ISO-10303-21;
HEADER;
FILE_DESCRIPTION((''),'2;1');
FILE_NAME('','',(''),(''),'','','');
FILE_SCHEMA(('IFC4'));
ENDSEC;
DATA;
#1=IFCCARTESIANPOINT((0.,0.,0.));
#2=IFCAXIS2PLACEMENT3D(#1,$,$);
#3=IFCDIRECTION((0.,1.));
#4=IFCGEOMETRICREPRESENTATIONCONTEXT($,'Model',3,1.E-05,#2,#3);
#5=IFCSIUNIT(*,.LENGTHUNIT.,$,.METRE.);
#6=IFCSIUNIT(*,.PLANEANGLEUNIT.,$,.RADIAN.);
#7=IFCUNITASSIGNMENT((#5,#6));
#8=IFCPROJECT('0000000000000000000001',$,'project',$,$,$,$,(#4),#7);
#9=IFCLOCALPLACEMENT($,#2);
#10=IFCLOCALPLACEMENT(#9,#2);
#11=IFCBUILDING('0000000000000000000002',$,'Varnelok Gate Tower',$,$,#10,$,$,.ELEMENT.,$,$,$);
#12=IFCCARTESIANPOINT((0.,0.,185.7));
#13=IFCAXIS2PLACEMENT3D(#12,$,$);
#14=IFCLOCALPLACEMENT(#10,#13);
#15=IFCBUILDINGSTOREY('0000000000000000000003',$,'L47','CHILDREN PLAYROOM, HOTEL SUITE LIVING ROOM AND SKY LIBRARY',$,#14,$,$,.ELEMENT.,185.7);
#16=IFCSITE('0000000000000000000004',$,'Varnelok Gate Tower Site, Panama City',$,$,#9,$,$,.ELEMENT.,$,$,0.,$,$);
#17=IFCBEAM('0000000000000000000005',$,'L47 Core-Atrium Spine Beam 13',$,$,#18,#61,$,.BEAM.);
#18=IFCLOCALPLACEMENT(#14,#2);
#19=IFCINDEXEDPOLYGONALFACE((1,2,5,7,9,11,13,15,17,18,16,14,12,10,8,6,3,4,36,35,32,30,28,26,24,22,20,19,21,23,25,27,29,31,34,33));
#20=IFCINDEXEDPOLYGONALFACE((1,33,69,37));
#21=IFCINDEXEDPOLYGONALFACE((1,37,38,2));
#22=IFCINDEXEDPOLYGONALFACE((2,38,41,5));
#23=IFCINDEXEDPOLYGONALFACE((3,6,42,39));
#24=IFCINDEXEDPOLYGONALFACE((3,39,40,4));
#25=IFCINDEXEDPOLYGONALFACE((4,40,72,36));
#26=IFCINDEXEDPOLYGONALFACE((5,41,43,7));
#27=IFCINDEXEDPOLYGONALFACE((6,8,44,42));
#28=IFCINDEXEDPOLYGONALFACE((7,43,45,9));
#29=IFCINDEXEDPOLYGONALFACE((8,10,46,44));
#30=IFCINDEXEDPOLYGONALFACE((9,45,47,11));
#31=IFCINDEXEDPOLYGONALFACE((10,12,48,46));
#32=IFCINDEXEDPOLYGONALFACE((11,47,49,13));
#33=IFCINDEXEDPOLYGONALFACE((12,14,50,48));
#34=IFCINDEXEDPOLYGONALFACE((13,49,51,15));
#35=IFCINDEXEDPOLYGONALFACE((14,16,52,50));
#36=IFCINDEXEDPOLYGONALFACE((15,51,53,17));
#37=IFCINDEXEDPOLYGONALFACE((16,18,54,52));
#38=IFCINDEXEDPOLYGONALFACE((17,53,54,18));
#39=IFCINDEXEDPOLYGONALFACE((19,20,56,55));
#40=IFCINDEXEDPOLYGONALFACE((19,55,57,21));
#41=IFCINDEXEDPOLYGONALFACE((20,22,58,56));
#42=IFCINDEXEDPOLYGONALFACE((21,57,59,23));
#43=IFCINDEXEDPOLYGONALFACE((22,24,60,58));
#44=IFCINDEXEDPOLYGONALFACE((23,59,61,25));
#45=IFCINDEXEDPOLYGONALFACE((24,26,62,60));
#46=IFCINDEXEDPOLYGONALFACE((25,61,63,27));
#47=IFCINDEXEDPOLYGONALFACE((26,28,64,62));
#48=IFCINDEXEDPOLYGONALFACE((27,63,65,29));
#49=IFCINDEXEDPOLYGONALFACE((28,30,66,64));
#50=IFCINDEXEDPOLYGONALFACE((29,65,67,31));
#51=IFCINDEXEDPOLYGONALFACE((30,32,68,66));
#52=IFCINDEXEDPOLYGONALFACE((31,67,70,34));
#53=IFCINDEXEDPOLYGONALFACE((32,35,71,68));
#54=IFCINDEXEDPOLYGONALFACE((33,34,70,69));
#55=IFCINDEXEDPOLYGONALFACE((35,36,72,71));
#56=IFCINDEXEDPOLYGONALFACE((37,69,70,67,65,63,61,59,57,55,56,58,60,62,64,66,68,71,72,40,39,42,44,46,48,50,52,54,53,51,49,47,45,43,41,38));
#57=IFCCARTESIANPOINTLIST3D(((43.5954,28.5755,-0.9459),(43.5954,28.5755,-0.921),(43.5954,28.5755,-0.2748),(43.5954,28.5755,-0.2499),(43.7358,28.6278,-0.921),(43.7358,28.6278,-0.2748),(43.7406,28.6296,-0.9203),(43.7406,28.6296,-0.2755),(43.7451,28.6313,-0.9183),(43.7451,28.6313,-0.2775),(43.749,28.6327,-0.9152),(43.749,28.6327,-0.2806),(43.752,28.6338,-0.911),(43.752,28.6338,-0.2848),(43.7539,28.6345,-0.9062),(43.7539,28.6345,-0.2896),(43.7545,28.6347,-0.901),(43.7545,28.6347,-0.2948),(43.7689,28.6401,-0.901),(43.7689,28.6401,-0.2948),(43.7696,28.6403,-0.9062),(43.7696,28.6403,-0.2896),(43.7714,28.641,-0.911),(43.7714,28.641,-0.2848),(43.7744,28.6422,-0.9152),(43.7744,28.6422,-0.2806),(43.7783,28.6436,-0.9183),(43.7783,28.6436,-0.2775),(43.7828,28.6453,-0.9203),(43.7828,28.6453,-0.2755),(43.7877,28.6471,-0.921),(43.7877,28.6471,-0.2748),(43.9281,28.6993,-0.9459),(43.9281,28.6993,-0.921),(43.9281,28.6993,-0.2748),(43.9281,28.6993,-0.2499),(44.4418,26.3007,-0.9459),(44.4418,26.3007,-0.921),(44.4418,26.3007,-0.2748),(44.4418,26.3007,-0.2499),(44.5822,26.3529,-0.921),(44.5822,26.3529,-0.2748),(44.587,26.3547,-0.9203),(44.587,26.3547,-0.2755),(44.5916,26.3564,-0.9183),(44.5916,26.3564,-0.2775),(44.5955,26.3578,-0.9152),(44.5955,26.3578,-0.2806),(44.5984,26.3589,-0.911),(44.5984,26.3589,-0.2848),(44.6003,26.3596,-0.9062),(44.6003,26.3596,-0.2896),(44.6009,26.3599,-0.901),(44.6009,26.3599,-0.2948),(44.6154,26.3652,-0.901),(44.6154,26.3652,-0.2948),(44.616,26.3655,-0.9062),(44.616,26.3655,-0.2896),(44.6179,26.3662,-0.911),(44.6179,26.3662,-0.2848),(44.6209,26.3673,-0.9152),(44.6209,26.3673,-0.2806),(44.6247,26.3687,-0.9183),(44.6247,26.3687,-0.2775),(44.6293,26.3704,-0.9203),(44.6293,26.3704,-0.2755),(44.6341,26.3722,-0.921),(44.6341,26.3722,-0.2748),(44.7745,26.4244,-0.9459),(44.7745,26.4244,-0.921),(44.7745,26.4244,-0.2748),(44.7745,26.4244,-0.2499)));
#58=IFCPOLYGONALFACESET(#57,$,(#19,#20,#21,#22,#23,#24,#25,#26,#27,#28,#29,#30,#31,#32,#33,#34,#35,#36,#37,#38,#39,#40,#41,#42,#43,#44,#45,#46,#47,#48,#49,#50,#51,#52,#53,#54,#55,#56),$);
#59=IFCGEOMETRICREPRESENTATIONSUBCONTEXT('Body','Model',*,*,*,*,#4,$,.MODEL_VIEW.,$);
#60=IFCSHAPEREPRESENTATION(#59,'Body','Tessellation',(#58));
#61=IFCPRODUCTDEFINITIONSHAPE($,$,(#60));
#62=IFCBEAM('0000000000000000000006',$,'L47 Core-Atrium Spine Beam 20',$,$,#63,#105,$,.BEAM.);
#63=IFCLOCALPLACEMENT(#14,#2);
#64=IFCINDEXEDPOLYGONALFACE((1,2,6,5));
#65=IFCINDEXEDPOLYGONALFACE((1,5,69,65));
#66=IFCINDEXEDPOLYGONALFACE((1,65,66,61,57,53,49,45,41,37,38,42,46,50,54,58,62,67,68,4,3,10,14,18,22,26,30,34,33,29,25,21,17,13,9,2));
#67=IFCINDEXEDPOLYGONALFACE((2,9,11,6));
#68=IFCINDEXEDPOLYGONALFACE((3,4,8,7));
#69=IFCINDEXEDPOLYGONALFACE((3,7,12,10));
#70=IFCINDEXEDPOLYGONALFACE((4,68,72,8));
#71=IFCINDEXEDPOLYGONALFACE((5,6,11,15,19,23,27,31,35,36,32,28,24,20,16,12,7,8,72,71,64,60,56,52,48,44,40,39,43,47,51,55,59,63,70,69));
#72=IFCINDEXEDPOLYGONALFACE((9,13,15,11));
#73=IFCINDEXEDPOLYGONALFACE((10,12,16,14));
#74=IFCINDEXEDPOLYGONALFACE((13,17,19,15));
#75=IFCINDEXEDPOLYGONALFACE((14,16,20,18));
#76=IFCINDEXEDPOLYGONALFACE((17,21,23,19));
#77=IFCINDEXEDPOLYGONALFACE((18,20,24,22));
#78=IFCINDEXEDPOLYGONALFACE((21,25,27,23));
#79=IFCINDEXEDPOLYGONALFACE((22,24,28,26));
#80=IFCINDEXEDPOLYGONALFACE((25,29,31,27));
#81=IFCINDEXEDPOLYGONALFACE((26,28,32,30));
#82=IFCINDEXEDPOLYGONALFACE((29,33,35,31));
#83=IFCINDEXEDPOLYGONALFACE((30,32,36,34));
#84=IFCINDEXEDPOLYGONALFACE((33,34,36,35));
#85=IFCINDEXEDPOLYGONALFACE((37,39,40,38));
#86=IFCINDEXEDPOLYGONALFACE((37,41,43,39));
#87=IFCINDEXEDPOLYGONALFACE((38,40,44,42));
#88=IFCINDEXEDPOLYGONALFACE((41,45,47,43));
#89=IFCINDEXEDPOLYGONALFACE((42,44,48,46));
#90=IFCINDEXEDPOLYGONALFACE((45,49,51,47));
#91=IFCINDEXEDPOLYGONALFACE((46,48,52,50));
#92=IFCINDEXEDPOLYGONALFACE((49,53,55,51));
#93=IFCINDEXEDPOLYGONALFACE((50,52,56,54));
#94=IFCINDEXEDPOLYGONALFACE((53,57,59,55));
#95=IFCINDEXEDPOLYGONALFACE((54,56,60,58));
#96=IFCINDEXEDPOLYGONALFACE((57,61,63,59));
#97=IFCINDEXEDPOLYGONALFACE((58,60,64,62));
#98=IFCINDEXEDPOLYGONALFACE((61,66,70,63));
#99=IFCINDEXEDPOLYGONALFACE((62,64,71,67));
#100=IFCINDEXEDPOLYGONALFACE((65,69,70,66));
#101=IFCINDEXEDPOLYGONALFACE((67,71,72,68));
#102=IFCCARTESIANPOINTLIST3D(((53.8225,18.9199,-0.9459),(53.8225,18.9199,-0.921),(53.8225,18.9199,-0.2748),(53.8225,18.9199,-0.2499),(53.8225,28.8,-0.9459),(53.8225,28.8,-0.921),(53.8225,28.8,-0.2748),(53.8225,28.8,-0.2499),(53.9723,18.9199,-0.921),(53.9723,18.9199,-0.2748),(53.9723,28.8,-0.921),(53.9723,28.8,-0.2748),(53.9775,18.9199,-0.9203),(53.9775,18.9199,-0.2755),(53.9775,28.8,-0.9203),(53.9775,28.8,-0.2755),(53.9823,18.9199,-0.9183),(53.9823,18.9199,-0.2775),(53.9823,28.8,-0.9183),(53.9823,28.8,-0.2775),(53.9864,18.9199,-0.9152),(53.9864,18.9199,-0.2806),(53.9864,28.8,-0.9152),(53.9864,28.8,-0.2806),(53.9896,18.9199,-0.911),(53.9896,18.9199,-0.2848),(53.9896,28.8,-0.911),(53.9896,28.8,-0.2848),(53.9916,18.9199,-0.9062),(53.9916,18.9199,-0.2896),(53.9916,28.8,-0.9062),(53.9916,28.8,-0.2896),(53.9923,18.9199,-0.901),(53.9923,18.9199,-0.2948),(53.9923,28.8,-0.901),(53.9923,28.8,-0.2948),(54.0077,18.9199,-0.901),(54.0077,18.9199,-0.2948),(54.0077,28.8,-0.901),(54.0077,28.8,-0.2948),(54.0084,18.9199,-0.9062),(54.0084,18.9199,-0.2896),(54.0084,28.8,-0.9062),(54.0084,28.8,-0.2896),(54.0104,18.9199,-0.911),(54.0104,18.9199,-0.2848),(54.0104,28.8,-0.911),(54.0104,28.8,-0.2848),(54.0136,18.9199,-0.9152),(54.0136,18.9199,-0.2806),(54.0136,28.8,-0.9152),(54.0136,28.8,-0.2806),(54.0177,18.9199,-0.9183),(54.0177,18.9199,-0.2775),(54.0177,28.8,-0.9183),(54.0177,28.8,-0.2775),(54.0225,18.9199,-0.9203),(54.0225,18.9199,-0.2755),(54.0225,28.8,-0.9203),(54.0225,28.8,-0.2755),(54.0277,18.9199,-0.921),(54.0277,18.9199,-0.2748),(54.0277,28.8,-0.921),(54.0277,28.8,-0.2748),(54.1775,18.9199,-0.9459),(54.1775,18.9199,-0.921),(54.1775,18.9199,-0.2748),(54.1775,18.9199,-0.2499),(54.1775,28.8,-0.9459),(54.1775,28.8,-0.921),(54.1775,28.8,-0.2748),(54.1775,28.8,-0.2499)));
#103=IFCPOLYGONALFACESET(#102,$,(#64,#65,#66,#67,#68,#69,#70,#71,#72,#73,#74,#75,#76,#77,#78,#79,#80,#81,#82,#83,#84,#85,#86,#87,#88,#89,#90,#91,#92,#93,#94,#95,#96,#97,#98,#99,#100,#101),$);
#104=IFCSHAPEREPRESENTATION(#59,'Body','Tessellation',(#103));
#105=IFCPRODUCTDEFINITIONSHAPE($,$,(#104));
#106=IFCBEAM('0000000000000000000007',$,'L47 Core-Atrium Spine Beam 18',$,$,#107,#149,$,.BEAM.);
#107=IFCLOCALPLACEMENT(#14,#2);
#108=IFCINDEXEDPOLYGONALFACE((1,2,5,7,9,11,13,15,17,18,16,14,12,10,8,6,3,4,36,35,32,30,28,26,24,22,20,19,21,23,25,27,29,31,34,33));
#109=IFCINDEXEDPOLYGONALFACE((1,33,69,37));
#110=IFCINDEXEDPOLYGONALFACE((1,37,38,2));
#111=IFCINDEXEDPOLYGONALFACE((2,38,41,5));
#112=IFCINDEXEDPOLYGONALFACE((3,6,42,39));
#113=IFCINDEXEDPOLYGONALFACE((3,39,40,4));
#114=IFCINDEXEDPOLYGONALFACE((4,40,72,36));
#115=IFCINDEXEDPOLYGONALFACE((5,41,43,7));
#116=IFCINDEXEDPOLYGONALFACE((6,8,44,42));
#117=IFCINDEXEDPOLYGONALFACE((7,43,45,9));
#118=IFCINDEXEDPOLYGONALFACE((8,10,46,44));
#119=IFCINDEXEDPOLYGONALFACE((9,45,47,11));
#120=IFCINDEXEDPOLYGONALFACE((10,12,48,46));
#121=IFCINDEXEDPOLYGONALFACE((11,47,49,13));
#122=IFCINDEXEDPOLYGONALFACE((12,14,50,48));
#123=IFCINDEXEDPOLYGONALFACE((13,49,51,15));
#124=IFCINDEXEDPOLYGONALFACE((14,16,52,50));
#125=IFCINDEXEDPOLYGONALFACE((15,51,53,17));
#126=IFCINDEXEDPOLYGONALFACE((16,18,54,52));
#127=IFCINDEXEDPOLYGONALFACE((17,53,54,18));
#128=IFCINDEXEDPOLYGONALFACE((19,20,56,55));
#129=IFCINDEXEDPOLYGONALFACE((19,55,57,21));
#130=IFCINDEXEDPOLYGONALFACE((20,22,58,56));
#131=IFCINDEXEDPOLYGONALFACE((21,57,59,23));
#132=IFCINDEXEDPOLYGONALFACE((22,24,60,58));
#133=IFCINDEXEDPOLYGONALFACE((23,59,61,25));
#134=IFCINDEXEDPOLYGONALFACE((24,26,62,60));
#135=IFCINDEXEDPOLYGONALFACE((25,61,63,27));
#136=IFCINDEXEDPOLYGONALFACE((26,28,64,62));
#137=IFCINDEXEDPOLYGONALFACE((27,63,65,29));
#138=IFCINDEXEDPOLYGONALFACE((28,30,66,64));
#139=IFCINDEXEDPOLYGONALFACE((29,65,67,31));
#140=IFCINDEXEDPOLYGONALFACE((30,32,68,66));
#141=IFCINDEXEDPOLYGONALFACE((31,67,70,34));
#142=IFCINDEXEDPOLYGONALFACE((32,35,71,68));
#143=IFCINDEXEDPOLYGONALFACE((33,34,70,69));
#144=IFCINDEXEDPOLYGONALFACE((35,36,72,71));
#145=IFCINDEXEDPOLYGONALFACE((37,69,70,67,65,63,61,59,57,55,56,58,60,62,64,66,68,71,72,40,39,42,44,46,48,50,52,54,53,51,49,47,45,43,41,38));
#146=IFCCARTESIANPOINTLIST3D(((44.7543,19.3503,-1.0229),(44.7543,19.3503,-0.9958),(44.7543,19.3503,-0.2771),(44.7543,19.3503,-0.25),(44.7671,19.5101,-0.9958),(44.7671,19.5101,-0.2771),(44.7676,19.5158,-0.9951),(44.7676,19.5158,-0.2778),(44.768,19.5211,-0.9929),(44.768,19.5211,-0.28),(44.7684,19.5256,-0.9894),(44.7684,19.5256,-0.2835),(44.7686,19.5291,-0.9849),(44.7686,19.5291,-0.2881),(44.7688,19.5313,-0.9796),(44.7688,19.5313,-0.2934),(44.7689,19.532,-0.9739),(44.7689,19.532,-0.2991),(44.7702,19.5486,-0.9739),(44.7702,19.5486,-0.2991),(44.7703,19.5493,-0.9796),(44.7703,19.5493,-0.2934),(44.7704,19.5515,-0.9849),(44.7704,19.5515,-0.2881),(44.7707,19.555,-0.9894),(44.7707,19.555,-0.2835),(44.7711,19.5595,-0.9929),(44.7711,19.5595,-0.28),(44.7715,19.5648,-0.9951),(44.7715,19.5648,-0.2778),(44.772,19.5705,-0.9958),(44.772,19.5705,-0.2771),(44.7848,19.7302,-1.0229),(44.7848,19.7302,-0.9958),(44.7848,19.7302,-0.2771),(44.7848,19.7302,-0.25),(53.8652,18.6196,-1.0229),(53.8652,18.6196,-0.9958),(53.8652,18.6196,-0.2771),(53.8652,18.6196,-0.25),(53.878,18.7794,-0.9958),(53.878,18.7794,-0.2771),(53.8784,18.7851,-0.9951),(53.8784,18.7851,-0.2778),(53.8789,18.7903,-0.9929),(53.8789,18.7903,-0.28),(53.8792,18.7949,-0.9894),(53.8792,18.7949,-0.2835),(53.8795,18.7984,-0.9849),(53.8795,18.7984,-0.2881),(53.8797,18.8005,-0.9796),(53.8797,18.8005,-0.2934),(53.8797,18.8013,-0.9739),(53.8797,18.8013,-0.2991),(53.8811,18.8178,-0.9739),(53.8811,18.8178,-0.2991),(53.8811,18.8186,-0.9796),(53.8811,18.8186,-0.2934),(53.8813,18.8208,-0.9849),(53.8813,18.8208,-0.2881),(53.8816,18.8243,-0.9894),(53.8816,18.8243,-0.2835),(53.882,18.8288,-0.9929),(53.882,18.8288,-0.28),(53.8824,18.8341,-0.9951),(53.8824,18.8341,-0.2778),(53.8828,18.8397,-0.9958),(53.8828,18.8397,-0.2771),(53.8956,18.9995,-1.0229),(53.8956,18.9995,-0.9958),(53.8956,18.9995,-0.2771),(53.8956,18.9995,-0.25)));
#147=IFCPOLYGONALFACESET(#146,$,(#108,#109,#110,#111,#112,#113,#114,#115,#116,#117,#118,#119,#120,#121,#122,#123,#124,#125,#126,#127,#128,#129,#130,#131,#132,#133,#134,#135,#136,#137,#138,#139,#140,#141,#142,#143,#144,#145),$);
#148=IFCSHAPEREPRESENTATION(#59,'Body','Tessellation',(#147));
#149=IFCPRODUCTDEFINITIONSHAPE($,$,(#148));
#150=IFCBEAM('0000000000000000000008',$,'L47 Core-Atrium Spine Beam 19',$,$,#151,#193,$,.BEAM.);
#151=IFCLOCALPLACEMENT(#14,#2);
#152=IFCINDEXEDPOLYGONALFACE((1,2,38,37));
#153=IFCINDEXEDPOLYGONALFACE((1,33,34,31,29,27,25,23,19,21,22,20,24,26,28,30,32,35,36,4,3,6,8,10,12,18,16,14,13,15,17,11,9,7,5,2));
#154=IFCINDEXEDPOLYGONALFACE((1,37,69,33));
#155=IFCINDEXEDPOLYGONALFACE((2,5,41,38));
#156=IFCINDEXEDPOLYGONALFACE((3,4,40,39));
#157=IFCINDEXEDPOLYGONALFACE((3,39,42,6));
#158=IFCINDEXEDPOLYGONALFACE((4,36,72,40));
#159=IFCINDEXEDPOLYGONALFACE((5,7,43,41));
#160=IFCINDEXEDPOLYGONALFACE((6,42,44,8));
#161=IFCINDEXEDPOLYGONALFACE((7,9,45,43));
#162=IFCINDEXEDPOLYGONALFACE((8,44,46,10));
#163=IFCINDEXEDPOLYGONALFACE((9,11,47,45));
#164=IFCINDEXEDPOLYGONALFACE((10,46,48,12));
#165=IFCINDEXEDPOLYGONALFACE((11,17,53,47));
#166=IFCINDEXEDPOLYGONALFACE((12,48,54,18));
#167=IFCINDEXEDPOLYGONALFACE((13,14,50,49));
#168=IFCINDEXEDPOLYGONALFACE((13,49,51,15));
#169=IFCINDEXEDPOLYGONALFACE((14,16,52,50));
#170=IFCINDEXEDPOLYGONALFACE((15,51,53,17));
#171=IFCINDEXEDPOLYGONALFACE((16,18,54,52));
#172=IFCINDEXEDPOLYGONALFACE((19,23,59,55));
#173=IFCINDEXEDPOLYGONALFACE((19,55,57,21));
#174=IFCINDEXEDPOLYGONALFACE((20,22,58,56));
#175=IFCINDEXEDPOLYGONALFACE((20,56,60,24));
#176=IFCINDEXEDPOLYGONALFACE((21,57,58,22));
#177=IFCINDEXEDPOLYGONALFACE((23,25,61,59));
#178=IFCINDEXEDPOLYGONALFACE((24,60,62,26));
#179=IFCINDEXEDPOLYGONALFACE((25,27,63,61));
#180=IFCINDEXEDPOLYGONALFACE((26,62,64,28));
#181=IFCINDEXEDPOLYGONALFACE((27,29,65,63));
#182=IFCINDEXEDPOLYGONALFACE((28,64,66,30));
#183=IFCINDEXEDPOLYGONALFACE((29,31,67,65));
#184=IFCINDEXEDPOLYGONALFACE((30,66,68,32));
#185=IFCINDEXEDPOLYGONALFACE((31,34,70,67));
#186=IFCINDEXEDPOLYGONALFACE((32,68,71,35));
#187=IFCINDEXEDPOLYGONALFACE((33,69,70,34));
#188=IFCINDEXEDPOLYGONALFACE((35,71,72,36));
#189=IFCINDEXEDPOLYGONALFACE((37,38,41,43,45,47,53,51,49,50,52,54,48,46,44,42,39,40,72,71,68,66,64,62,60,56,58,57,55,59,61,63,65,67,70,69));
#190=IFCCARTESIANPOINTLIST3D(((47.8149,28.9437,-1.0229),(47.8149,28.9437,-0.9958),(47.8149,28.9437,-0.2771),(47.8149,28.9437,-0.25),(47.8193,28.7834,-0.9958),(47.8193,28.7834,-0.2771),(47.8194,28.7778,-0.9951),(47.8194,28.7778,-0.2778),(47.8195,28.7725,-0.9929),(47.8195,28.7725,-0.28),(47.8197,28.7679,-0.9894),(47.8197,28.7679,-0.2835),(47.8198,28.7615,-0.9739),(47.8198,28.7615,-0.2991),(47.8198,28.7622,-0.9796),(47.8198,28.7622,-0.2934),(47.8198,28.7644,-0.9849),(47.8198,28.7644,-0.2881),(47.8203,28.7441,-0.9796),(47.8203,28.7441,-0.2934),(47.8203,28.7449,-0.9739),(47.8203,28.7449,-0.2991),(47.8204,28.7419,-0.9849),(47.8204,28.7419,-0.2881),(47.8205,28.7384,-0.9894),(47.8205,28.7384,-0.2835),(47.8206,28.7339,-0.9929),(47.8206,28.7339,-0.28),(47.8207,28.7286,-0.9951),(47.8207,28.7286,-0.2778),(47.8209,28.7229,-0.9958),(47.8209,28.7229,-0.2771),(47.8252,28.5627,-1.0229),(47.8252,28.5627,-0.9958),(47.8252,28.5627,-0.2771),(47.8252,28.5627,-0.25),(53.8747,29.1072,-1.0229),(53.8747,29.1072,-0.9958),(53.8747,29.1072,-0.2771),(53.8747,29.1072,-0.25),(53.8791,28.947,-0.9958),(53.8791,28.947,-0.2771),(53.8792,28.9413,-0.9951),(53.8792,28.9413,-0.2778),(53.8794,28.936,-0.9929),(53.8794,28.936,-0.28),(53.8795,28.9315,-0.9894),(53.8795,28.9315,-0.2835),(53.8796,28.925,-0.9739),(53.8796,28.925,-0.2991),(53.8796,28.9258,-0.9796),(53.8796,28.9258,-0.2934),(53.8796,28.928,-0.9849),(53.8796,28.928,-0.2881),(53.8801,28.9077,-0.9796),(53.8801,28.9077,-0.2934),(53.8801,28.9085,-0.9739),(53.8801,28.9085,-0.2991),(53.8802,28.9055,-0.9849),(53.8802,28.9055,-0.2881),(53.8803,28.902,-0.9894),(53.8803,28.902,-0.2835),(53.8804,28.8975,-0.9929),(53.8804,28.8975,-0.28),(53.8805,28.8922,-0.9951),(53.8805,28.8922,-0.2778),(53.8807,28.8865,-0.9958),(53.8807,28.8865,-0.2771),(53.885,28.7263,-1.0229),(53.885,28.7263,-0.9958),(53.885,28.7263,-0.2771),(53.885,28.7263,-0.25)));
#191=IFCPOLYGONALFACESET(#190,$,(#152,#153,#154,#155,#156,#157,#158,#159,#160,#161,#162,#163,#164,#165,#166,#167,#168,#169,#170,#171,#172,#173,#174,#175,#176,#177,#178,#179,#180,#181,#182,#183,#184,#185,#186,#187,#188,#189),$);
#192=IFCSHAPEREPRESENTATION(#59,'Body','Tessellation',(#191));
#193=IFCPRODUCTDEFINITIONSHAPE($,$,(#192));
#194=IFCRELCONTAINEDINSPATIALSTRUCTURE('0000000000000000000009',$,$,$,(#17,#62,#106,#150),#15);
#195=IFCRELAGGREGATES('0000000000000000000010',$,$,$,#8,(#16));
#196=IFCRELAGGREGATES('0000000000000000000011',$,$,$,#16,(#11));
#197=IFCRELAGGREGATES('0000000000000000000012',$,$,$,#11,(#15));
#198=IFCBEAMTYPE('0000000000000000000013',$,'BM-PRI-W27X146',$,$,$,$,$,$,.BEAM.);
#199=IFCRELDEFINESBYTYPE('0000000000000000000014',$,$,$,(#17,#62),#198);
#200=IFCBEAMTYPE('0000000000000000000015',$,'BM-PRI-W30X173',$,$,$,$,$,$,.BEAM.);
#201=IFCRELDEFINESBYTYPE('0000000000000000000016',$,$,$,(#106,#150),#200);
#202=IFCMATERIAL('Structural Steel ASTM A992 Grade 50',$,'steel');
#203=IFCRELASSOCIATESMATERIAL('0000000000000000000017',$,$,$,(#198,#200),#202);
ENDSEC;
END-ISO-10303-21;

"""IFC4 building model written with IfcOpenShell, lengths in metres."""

from ifc_helpers import new_model, si_unit, direction, frame, origin, origin_2d, place, context, subcontext, project, spatial, i_section, extrude, material, material_profile, profile_set, type_object, element, save


model = new_model("IFC4")

# Units and contexts
model_context = context("Model", 3, precision=1e-05, world=origin(), true_north=direction((0.0, 1.0)))
body_context = subcontext(model_context, "Body", "Model", "MODEL_VIEW")
ifc_project = project(units=[si_unit("LENGTHUNIT", "METRE"), si_unit("PLANEANGLEUNIT", "RADIAN")], contexts=[model_context])

# Site, building, storey
site_placement = place(None, origin())
site = spatial("IfcSite", under=ifc_project, at=site_placement, Name="Varnelok Gate Tower Site, Panama City", CompositionType="ELEMENT", RefElevation=0.0)
building_placement = place(site_placement, origin())
building = spatial("IfcBuilding", under=site, at=building_placement, Name="Varnelok Gate Tower", CompositionType="ELEMENT")
storey_placement = place(building_placement, frame((0.0, 0.0, 185.7)))
storey = spatial("IfcBuildingStorey", under=building, at=storey_placement, Name="L47", Description="CHILDREN PLAYROOM, HOTEL SUITE LIVING ROOM AND SKY LIBRARY", CompositionType="ELEMENT", Elevation=185.7)

# Shared definitions
ifc_material_1 = material(Name="Structural Steel ASTM A992 Grade 50", Category="steel")

# Beams
ifc_material_profile_1 = material_profile(ifc_material_1, i_section(OverallWidth=0.355, OverallDepth=0.696, WebThickness=0.0154, FlangeThickness=0.0249, FilletRadius=0.02, at=origin_2d()), Name="W27X146")
ifc_profile_set_1 = profile_set([ifc_material_profile_1], Name="Structural Steel ASTM A992 Grade 50")
beam_type_1 = type_object("IfcBeamType", Name="BM-PRI-W27X146", PredefinedType="BEAM", material=ifc_profile_set_1)
beam_1_placement = place(storey_placement, frame((44.6082, 26.3625, -0.5979), z_axis=(-0.348719, 0.937227, 0.0), x_axis=(-0.937227, -0.348719, 0.0)))
element("IfcBeam", 1, at=beam_1_placement, inside=storey, type_object=beam_type_1, Name="L47 Core-Atrium Spine Beam 13", PredefinedType="BEAM", context=body_context, shape_type="SweptSolid", body=[
    extrude(i_section(OverallWidth=0.355, OverallDepth=0.696, WebThickness=0.0154, FlangeThickness=0.0249, FilletRadius=0.02, at=origin_2d()), origin(), (0.0, 0.0, 1.0), 2.4272),
])
beam_2_placement = place(storey_placement, frame((54.0, 18.9199, -0.5979), z_axis=(0.0, 1.0, 0.0), x_axis=(-1.0, 0.0, 0.0)))
element("IfcBeam", 2, at=beam_2_placement, inside=storey, type_object=beam_type_1, Name="L47 Core-Atrium Spine Beam 20", PredefinedType="BEAM", context=body_context, shape_type="SweptSolid", body=[
    extrude(i_section(OverallWidth=0.355, OverallDepth=0.696, WebThickness=0.0154, FlangeThickness=0.0249, FilletRadius=0.02, at=origin_2d()), origin(), (0.0, 0.0, 1.0), 9.8801),
])
ifc_material_profile_2 = material_profile(ifc_material_1, i_section(OverallWidth=0.3811, OverallDepth=0.7729, WebThickness=0.0166, FlangeThickness=0.0271, FilletRadius=0.022, at=origin_2d()), Name="W30X173")
ifc_profile_set_2 = profile_set([ifc_material_profile_2], Name="Structural Steel ASTM A992 Grade 50")
beam_type_2 = type_object("IfcBeamType", Name="BM-PRI-W30X173", PredefinedType="BEAM", material=ifc_profile_set_2)
beam_3_placement = place(storey_placement, frame((44.7695, 19.5403, -0.6365), z_axis=(0.996799, -0.079946, 0.0), x_axis=(0.079946, 0.996799, 0.0)))
element("IfcBeam", 3, at=beam_3_placement, inside=storey, type_object=beam_type_2, Name="L47 Core-Atrium Spine Beam 18", PredefinedType="BEAM", context=body_context, shape_type="SweptSolid", body=[
    extrude(i_section(OverallWidth=0.3811, OverallDepth=0.7729, WebThickness=0.0166, FlangeThickness=0.0271, FilletRadius=0.022, at=origin_2d()), origin(), (0.0, 0.0, 1.0), 9.1401),
])
beam_4_placement = place(storey_placement, frame((47.8201, 28.7532, -0.6365), z_axis=(0.999636, 0.026983, 0.0), x_axis=(-0.026983, 0.999636, 0.0)))
element("IfcBeam", 4, at=beam_4_placement, inside=storey, type_object=beam_type_2, Name="L47 Core-Atrium Spine Beam 19", PredefinedType="BEAM", context=body_context, shape_type="SweptSolid", body=[
    extrude(i_section(OverallWidth=0.3811, OverallDepth=0.7729, WebThickness=0.0166, FlangeThickness=0.0271, FilletRadius=0.022, at=origin_2d()), origin(), (0.0, 0.0, 1.0), 6.062),
])

save(model, "model.ifc")
